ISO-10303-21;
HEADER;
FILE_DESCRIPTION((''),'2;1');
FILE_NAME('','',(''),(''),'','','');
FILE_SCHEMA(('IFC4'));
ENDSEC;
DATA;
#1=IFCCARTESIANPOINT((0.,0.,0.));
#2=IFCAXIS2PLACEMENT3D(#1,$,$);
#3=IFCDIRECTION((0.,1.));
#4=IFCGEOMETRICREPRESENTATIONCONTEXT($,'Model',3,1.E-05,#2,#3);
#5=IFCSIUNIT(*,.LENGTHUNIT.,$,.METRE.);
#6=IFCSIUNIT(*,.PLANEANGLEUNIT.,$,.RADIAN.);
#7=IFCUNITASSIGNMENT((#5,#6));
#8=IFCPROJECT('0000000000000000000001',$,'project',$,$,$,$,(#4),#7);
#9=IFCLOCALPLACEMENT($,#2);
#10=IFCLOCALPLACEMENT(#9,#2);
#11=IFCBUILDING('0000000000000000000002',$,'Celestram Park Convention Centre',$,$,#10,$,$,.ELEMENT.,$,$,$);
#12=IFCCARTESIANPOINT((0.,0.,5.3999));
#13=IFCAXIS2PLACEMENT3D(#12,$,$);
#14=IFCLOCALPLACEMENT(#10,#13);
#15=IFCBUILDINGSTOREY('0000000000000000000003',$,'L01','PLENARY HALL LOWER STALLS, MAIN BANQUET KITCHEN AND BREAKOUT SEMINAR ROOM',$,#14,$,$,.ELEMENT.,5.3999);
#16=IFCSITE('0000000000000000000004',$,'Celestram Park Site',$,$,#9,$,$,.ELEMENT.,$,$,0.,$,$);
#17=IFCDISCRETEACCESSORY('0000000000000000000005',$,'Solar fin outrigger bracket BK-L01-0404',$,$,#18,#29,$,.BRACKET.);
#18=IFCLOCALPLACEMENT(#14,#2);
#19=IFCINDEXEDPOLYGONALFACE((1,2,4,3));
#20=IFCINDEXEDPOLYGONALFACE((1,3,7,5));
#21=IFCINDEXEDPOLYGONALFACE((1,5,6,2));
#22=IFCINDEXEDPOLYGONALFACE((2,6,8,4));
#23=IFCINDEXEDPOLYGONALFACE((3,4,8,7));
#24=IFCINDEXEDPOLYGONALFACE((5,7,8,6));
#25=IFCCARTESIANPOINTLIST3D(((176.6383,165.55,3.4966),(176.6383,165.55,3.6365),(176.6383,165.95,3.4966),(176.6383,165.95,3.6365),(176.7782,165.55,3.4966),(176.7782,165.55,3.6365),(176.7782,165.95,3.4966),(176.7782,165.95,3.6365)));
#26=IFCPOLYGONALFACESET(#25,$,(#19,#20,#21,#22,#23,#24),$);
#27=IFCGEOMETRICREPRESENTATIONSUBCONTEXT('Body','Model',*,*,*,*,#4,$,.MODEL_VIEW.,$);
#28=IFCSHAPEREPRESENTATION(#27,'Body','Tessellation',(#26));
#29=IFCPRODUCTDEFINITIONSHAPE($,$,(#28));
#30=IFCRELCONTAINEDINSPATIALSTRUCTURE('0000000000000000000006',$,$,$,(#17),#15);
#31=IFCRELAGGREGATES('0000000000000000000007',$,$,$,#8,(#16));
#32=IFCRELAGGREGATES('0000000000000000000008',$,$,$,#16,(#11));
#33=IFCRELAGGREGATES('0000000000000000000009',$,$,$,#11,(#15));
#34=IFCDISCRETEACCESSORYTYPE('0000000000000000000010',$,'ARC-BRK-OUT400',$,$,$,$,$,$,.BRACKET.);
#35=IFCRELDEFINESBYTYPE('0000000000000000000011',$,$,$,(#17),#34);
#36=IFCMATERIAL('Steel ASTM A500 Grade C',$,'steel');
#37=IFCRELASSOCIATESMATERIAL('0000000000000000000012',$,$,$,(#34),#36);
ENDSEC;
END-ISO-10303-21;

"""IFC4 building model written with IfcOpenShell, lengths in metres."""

from ifc_helpers import new_model, si_unit, direction, frame, origin, origin_2d, place, context, subcontext, project, spatial, rectangle, extrude, material, type_object, element, save


model = new_model("IFC4")

# Units and contexts
model_context = context("Model", 3, precision=1e-05, world=origin(), true_north=direction((0.0, 1.0)))
body_context = subcontext(model_context, "Body", "Model", "MODEL_VIEW")
ifc_project = project(units=[si_unit("LENGTHUNIT", "METRE"), si_unit("PLANEANGLEUNIT", "RADIAN")], contexts=[model_context])

# Site, building, storey
site_placement = place(None, origin())
site = spatial("IfcSite", under=ifc_project, at=site_placement, Name="Celestram Park Site", CompositionType="ELEMENT", RefElevation=0.0)
building_placement = place(site_placement, origin())
building = spatial("IfcBuilding", under=site, at=building_placement, Name="Celestram Park Convention Centre", CompositionType="ELEMENT")
storey_placement = place(building_placement, frame((0.0, 0.0, 5.3999)))
storey = spatial("IfcBuildingStorey", under=building, at=storey_placement, Name="L01", Description="PLENARY HALL LOWER STALLS, MAIN BANQUET KITCHEN AND BREAKOUT SEMINAR ROOM", CompositionType="ELEMENT", Elevation=5.3999)

# Shared definitions
ifc_material_1 = material(Name="Steel ASTM A500 Grade C", Category="steel")

# Discrete accessory
discrete_accessory_type = type_object("IfcDiscreteAccessoryType", Name="ARC-BRK-OUT400", PredefinedType="BRACKET", material=ifc_material_1)
for number, where, z_axis, x_axis, name in (
    (1, (176.7083, 165.75, 3.4966), (0.0, 0.0, 1.0), (0.0, 1.0, 0.0), "Solar fin outrigger bracket BK-L01-0404"),
):
    element("IfcDiscreteAccessory", number, at=place(storey_placement, frame(where, z_axis=z_axis, x_axis=x_axis)), inside=storey, type_object=discrete_accessory_type, Name=name, PredefinedType="BRACKET", context=body_context, shape_type="SweptSolid", body=[
        extrude(rectangle(XDim=0.3999, YDim=0.1399, at=origin_2d()), origin(), (0.0, 0.0, 1.0), 0.1399),
    ])

save(model, "model.ifc")
